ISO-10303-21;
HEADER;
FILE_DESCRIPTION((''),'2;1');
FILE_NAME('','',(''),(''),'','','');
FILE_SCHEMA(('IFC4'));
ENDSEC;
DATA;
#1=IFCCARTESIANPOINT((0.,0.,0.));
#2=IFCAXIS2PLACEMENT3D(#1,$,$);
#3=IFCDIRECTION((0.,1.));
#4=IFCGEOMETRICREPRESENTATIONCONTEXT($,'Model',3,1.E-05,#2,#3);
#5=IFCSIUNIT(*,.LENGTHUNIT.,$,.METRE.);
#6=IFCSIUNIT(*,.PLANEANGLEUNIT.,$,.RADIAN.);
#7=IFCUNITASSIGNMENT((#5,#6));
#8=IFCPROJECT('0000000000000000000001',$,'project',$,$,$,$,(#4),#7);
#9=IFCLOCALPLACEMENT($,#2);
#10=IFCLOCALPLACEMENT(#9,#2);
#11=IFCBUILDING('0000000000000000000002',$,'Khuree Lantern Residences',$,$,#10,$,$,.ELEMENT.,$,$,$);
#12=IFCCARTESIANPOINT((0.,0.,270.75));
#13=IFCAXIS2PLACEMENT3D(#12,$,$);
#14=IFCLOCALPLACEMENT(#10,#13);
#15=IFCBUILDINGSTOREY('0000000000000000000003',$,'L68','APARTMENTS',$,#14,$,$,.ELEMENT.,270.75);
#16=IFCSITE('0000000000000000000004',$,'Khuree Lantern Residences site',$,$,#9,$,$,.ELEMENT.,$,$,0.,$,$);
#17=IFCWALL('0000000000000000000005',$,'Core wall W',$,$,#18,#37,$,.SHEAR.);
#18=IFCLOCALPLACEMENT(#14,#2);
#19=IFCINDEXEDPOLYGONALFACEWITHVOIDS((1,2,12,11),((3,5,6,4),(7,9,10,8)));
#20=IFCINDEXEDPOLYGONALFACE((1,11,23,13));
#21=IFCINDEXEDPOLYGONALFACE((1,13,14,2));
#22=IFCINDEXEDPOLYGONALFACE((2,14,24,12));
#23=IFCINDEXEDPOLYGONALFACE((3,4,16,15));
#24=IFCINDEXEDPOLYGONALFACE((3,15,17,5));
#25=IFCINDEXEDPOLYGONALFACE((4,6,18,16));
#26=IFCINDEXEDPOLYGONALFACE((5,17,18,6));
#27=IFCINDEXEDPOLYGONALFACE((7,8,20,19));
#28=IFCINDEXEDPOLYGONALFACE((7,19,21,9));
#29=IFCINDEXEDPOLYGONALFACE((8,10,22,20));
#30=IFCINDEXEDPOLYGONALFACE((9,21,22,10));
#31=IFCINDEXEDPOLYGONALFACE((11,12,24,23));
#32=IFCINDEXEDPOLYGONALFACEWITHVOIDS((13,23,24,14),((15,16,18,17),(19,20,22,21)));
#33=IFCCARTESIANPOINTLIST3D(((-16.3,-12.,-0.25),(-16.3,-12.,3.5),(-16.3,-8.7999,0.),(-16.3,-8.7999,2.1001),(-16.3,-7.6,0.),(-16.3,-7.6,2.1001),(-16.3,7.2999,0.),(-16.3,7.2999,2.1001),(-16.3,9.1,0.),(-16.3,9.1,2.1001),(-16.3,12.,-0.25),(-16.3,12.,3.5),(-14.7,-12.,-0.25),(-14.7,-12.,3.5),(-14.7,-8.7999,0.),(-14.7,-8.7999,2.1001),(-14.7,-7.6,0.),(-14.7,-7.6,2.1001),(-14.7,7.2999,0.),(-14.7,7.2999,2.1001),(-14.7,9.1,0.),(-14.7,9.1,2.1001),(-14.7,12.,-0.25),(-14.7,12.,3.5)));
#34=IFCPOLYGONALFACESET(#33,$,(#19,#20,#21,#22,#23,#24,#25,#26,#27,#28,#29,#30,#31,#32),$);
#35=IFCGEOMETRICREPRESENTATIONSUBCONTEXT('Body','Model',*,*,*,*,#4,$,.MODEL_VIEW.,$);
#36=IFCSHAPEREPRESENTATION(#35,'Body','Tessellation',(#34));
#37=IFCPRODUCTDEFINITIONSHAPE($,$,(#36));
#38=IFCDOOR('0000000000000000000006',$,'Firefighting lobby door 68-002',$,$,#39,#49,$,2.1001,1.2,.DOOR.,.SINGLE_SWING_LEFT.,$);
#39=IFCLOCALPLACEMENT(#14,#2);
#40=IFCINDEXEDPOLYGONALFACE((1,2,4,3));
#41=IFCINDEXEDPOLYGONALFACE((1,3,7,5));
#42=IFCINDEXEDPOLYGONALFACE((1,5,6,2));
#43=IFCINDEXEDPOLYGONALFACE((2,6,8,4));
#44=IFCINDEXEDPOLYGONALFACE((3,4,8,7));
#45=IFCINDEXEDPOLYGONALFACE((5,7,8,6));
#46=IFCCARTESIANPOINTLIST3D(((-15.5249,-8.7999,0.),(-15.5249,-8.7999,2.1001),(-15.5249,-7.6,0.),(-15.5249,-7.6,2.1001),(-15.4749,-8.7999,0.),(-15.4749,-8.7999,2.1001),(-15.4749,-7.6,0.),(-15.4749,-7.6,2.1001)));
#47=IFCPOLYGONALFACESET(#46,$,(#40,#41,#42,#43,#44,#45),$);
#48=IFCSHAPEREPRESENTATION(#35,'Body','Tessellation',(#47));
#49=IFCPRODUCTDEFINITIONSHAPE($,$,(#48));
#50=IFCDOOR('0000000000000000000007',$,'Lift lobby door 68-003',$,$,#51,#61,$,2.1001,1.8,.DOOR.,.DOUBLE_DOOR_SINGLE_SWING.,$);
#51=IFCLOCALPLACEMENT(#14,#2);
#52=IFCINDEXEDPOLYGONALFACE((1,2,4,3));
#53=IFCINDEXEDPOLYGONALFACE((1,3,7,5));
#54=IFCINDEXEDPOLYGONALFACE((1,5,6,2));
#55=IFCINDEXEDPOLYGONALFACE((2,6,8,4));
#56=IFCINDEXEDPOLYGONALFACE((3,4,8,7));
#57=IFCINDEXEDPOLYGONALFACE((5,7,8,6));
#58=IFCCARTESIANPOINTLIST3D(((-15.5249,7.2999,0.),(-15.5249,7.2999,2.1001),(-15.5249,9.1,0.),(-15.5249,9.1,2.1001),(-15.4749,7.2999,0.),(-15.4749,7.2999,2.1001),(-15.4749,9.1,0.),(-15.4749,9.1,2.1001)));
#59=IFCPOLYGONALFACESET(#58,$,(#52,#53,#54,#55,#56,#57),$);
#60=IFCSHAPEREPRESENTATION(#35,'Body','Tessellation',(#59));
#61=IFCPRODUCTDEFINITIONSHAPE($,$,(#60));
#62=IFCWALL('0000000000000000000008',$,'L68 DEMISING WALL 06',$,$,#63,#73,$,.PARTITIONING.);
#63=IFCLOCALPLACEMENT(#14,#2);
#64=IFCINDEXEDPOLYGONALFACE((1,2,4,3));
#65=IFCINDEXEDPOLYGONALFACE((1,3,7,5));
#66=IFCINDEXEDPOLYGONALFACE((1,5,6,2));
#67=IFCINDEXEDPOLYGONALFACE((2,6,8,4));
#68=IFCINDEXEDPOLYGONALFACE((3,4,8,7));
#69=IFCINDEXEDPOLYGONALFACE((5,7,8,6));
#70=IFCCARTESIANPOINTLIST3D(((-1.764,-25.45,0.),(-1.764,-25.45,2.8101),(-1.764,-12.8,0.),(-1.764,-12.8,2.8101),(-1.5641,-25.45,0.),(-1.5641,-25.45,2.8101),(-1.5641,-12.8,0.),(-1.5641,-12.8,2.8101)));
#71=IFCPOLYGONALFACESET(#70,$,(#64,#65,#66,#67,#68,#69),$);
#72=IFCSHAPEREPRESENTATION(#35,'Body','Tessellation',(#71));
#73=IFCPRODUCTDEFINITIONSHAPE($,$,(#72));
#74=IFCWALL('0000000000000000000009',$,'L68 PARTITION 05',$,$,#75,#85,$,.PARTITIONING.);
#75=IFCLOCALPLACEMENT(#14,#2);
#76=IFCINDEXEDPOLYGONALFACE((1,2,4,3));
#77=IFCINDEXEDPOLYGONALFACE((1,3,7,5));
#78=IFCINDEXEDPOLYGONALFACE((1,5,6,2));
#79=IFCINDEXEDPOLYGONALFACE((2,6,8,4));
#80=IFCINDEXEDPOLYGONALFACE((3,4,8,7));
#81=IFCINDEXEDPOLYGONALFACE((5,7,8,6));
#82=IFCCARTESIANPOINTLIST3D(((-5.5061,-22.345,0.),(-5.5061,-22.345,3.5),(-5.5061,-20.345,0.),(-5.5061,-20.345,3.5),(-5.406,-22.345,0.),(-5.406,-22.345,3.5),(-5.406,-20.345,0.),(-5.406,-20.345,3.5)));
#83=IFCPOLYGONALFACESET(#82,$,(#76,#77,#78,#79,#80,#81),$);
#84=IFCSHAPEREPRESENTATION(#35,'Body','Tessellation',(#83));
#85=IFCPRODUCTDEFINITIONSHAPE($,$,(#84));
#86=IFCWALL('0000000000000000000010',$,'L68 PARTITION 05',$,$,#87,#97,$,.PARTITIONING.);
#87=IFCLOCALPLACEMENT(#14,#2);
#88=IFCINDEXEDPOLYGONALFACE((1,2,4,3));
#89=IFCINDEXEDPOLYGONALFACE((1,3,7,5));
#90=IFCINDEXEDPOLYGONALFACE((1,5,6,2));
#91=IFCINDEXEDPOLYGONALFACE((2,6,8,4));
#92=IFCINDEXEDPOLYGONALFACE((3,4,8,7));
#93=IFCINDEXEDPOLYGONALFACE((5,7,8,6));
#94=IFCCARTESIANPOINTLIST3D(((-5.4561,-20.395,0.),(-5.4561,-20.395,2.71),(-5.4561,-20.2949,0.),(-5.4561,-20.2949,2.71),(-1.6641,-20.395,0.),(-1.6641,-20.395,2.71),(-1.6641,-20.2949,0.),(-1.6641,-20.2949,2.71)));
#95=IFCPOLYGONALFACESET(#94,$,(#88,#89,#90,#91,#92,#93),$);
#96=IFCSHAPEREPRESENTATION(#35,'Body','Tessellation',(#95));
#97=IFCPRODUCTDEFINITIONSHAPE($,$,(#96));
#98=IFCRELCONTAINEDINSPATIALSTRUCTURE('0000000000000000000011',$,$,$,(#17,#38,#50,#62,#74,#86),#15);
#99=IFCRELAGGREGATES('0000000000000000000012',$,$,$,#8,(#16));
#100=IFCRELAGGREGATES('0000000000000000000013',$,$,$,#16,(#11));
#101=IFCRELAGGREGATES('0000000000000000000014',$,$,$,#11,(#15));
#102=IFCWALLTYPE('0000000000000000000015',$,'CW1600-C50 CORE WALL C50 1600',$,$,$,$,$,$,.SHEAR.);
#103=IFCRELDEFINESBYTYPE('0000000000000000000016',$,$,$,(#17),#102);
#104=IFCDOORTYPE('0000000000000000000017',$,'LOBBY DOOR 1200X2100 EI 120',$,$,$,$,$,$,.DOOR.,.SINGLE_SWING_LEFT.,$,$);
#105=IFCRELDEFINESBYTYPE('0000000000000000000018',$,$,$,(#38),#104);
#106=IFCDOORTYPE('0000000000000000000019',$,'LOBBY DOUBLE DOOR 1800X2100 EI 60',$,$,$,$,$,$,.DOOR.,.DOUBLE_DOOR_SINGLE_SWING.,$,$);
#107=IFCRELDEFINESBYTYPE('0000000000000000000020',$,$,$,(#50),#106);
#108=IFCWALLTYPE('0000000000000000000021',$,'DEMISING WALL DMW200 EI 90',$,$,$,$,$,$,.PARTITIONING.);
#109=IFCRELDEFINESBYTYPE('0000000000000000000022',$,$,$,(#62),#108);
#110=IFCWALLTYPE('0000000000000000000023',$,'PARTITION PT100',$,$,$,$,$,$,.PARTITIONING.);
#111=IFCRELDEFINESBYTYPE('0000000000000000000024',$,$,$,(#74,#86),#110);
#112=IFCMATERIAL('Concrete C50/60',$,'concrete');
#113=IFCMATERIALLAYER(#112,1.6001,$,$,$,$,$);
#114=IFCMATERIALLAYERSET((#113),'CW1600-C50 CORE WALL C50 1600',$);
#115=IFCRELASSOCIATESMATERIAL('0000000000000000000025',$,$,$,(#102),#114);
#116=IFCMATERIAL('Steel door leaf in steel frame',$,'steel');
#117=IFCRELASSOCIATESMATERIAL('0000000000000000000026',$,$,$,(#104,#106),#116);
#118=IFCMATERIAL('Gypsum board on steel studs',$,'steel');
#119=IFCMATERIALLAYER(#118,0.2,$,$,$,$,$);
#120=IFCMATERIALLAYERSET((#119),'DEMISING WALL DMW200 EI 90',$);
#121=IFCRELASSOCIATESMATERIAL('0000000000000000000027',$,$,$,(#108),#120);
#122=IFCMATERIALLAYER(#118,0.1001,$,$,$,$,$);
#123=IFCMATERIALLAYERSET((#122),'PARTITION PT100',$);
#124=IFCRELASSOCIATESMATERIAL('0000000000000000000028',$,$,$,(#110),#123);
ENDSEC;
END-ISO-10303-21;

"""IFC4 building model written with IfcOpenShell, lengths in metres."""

from ifc_helpers import new_model, si_unit, direction, frame, frame_2d, origin, place, context, subcontext, project, spatial, rectangle, extrude, material, layer, layer_set, type_object, element, fill, save


model = new_model("IFC4")

# Units and contexts
model_context = context("Model", 3, precision=1e-05, world=origin(), true_north=direction((0.0, 1.0)))
body_context = subcontext(model_context, "Body", "Model", "MODEL_VIEW")
ifc_project = project(units=[si_unit("LENGTHUNIT", "METRE"), si_unit("PLANEANGLEUNIT", "RADIAN")], contexts=[model_context])

# Site, building, storey
site_placement = place(None, origin())
site = spatial("IfcSite", under=ifc_project, at=site_placement, Name="Khuree Lantern Residences site", CompositionType="ELEMENT", RefElevation=0.0)
building_placement = place(site_placement, origin())
building = spatial("IfcBuilding", under=site, at=building_placement, Name="Khuree Lantern Residences", CompositionType="ELEMENT")
storey_placement = place(building_placement, frame((0.0, 0.0, 270.75)))
storey = spatial("IfcBuildingStorey", under=building, at=storey_placement, Name="L68", Description="APARTMENTS", CompositionType="ELEMENT", Elevation=270.75)

# Shared definitions
ifc_material_1 = material(Name="Concrete C50/60", Category="concrete")

# Shared definitions
ifc_material_2 = material(Name="Gypsum board on steel studs", Category="steel")
ifc_layer_1 = layer(ifc_material_1, 1.6001)
ifc_layer_set_1 = layer_set([ifc_layer_1], Name="CW1600-C50 CORE WALL C50 1600")
wall_type_1 = type_object("IfcWallType", Name="CW1600-C50 CORE WALL C50 1600", PredefinedType="SHEAR", material=ifc_layer_set_1)

# Wall, openings, doors
wall_1_placement = place(storey_placement, frame((-15.5, -12.0, -0.25), z_axis=(0.0, 0.0, 1.0), x_axis=(0.0, 1.0, 0.0)))
wall_1 = element("IfcWall", 1, at=wall_1_placement, inside=storey, type_object=wall_type_1, Name="Core wall W", PredefinedType="SHEAR", context=body_context, shape_type="SweptSolid", body=[
    extrude(rectangle(XDim=24.0, YDim=1.6001, at=frame_2d((12.0, 0.0))), origin(), (0.0, 0.0, 1.0), 3.75),
])
opening_1_placement = place(wall_1_placement, frame((3.2, 0.0, 0.25)))
opening_1 = element("IfcOpeningElement", 2, at=opening_1_placement, cuts=wall_1, PredefinedType="OPENING", context=body_context, shape_type="SweptSolid", body=[
    extrude(rectangle(XDim=1.2, YDim=2.1001, at=frame_2d((0.6001, 1.05))), frame((0.0, 0.8101, 0.0), z_axis=(0.0, -1.0, 0.0), x_axis=(1.0, 0.0, 0.0)), (0.0, 0.0, 1.0), 1.6201),
])
opening_2_placement = place(wall_1_placement, frame((19.3, 0.0, 0.25)))
opening_2 = element("IfcOpeningElement", 3, at=opening_2_placement, cuts=wall_1, PredefinedType="OPENING", context=body_context, shape_type="SweptSolid", body=[
    extrude(rectangle(XDim=1.8, YDim=2.1001, at=frame_2d((0.8999, 1.05))), frame((0.0, 0.8101, 0.0), z_axis=(0.0, -1.0, 0.0), x_axis=(1.0, 0.0, 0.0)), (0.0, 0.0, 1.0), 1.6201),
])
ifc_material_3 = material(Name="Steel door leaf in steel frame", Category="steel")
door_type_1 = type_object("IfcDoorType", Name="LOBBY DOOR 1200X2100 EI 120", OperationType="SINGLE_SWING_LEFT", PredefinedType="DOOR", material=ifc_material_3)
door_1_placement = place(opening_1_placement, origin())
door_1 = element("IfcDoor", 4, at=door_1_placement, inside=storey, type_object=door_type_1, Name="Firefighting lobby door 68-002", OperationType="SINGLE_SWING_LEFT", OverallHeight=2.1001, OverallWidth=1.2, PredefinedType="DOOR", context=body_context, shape_type="SweptSolid", body=[
    extrude(rectangle(XDim=1.2, YDim=2.1001, at=frame_2d((0.6001, 1.05))), frame((0.0, 0.0249, 0.0), z_axis=(0.0, -1.0, 0.0), x_axis=(1.0, 0.0, 0.0)), (0.0, 0.0, 1.0), 0.05),
])
fill(opening_1, door_1)
door_type_2 = type_object("IfcDoorType", Name="LOBBY DOUBLE DOOR 1800X2100 EI 60", OperationType="DOUBLE_DOOR_SINGLE_SWING", PredefinedType="DOOR", material=ifc_material_3)
door_2_placement = place(opening_2_placement, origin())
door_2 = element("IfcDoor", 5, at=door_2_placement, inside=storey, type_object=door_type_2, Name="Lift lobby door 68-003", OperationType="DOUBLE_DOOR_SINGLE_SWING", OverallHeight=2.1001, OverallWidth=1.8, PredefinedType="DOOR", context=body_context, shape_type="SweptSolid", body=[
    extrude(rectangle(XDim=1.8, YDim=2.1001, at=frame_2d((0.8999, 1.05))), frame((0.0, 0.0249, 0.0), z_axis=(0.0, -1.0, 0.0), x_axis=(1.0, 0.0, 0.0)), (0.0, 0.0, 1.0), 0.05),
])
fill(opening_2, door_2)

# Walls
ifc_layer_2 = layer(ifc_material_2, 0.2)
ifc_layer_set_2 = layer_set([ifc_layer_2], Name="DEMISING WALL DMW200 EI 90")
wall_type_2 = type_object("IfcWallType", Name="DEMISING WALL DMW200 EI 90", PredefinedType="PARTITIONING", material=ifc_layer_set_2)
wall_2_placement = place(storey_placement, frame((-1.6641, -12.8, 0.0), z_axis=(0.0, 0.0, 1.0), x_axis=(0.0, -1.0, 0.0)))
element("IfcWall", 6, at=wall_2_placement, inside=storey, type_object=wall_type_2, Name="L68 DEMISING WALL 06", PredefinedType="PARTITIONING", context=body_context, shape_type="SweptSolid", body=[
    extrude(rectangle(XDim=12.6499, YDim=0.2, at=frame_2d((6.325, 0.0))), origin(), (0.0, 0.0, 1.0), 2.8101),
])
ifc_layer_3 = layer(ifc_material_2, 0.1001)
ifc_layer_set_3 = layer_set([ifc_layer_3], Name="PARTITION PT100")
wall_type_3 = type_object("IfcWallType", Name="PARTITION PT100", PredefinedType="PARTITIONING", material=ifc_layer_set_3)
wall_3_placement = place(storey_placement, frame((-5.4561, -20.345, 0.0), z_axis=(0.0, 0.0, 1.0), x_axis=(0.0, -1.0, 0.0)))
element("IfcWall", 7, at=wall_3_placement, inside=storey, type_object=wall_type_3, Name="L68 PARTITION 05", PredefinedType="PARTITIONING", context=body_context, shape_type="SweptSolid", body=[
    extrude(rectangle(XDim=2.0, YDim=0.1001, at=frame_2d((1.0, 0.0))), origin(), (0.0, 0.0, 1.0), 3.5),
])
wall_4_placement = place(storey_placement, frame((-5.4561, -20.345, 0.0), z_axis=(0.0, 0.0, 1.0), x_axis=(1.0, 0.0, 0.0)))
element("IfcWall", 8, at=wall_4_placement, inside=storey, type_object=wall_type_3, Name="L68 PARTITION 05", PredefinedType="PARTITIONING", context=body_context, shape_type="SweptSolid", body=[
    extrude(rectangle(XDim=3.792, YDim=0.1001, at=frame_2d((1.896, 0.0))), origin(), (0.0, 0.0, 1.0), 2.71),
])

save(model, "model.ifc")
